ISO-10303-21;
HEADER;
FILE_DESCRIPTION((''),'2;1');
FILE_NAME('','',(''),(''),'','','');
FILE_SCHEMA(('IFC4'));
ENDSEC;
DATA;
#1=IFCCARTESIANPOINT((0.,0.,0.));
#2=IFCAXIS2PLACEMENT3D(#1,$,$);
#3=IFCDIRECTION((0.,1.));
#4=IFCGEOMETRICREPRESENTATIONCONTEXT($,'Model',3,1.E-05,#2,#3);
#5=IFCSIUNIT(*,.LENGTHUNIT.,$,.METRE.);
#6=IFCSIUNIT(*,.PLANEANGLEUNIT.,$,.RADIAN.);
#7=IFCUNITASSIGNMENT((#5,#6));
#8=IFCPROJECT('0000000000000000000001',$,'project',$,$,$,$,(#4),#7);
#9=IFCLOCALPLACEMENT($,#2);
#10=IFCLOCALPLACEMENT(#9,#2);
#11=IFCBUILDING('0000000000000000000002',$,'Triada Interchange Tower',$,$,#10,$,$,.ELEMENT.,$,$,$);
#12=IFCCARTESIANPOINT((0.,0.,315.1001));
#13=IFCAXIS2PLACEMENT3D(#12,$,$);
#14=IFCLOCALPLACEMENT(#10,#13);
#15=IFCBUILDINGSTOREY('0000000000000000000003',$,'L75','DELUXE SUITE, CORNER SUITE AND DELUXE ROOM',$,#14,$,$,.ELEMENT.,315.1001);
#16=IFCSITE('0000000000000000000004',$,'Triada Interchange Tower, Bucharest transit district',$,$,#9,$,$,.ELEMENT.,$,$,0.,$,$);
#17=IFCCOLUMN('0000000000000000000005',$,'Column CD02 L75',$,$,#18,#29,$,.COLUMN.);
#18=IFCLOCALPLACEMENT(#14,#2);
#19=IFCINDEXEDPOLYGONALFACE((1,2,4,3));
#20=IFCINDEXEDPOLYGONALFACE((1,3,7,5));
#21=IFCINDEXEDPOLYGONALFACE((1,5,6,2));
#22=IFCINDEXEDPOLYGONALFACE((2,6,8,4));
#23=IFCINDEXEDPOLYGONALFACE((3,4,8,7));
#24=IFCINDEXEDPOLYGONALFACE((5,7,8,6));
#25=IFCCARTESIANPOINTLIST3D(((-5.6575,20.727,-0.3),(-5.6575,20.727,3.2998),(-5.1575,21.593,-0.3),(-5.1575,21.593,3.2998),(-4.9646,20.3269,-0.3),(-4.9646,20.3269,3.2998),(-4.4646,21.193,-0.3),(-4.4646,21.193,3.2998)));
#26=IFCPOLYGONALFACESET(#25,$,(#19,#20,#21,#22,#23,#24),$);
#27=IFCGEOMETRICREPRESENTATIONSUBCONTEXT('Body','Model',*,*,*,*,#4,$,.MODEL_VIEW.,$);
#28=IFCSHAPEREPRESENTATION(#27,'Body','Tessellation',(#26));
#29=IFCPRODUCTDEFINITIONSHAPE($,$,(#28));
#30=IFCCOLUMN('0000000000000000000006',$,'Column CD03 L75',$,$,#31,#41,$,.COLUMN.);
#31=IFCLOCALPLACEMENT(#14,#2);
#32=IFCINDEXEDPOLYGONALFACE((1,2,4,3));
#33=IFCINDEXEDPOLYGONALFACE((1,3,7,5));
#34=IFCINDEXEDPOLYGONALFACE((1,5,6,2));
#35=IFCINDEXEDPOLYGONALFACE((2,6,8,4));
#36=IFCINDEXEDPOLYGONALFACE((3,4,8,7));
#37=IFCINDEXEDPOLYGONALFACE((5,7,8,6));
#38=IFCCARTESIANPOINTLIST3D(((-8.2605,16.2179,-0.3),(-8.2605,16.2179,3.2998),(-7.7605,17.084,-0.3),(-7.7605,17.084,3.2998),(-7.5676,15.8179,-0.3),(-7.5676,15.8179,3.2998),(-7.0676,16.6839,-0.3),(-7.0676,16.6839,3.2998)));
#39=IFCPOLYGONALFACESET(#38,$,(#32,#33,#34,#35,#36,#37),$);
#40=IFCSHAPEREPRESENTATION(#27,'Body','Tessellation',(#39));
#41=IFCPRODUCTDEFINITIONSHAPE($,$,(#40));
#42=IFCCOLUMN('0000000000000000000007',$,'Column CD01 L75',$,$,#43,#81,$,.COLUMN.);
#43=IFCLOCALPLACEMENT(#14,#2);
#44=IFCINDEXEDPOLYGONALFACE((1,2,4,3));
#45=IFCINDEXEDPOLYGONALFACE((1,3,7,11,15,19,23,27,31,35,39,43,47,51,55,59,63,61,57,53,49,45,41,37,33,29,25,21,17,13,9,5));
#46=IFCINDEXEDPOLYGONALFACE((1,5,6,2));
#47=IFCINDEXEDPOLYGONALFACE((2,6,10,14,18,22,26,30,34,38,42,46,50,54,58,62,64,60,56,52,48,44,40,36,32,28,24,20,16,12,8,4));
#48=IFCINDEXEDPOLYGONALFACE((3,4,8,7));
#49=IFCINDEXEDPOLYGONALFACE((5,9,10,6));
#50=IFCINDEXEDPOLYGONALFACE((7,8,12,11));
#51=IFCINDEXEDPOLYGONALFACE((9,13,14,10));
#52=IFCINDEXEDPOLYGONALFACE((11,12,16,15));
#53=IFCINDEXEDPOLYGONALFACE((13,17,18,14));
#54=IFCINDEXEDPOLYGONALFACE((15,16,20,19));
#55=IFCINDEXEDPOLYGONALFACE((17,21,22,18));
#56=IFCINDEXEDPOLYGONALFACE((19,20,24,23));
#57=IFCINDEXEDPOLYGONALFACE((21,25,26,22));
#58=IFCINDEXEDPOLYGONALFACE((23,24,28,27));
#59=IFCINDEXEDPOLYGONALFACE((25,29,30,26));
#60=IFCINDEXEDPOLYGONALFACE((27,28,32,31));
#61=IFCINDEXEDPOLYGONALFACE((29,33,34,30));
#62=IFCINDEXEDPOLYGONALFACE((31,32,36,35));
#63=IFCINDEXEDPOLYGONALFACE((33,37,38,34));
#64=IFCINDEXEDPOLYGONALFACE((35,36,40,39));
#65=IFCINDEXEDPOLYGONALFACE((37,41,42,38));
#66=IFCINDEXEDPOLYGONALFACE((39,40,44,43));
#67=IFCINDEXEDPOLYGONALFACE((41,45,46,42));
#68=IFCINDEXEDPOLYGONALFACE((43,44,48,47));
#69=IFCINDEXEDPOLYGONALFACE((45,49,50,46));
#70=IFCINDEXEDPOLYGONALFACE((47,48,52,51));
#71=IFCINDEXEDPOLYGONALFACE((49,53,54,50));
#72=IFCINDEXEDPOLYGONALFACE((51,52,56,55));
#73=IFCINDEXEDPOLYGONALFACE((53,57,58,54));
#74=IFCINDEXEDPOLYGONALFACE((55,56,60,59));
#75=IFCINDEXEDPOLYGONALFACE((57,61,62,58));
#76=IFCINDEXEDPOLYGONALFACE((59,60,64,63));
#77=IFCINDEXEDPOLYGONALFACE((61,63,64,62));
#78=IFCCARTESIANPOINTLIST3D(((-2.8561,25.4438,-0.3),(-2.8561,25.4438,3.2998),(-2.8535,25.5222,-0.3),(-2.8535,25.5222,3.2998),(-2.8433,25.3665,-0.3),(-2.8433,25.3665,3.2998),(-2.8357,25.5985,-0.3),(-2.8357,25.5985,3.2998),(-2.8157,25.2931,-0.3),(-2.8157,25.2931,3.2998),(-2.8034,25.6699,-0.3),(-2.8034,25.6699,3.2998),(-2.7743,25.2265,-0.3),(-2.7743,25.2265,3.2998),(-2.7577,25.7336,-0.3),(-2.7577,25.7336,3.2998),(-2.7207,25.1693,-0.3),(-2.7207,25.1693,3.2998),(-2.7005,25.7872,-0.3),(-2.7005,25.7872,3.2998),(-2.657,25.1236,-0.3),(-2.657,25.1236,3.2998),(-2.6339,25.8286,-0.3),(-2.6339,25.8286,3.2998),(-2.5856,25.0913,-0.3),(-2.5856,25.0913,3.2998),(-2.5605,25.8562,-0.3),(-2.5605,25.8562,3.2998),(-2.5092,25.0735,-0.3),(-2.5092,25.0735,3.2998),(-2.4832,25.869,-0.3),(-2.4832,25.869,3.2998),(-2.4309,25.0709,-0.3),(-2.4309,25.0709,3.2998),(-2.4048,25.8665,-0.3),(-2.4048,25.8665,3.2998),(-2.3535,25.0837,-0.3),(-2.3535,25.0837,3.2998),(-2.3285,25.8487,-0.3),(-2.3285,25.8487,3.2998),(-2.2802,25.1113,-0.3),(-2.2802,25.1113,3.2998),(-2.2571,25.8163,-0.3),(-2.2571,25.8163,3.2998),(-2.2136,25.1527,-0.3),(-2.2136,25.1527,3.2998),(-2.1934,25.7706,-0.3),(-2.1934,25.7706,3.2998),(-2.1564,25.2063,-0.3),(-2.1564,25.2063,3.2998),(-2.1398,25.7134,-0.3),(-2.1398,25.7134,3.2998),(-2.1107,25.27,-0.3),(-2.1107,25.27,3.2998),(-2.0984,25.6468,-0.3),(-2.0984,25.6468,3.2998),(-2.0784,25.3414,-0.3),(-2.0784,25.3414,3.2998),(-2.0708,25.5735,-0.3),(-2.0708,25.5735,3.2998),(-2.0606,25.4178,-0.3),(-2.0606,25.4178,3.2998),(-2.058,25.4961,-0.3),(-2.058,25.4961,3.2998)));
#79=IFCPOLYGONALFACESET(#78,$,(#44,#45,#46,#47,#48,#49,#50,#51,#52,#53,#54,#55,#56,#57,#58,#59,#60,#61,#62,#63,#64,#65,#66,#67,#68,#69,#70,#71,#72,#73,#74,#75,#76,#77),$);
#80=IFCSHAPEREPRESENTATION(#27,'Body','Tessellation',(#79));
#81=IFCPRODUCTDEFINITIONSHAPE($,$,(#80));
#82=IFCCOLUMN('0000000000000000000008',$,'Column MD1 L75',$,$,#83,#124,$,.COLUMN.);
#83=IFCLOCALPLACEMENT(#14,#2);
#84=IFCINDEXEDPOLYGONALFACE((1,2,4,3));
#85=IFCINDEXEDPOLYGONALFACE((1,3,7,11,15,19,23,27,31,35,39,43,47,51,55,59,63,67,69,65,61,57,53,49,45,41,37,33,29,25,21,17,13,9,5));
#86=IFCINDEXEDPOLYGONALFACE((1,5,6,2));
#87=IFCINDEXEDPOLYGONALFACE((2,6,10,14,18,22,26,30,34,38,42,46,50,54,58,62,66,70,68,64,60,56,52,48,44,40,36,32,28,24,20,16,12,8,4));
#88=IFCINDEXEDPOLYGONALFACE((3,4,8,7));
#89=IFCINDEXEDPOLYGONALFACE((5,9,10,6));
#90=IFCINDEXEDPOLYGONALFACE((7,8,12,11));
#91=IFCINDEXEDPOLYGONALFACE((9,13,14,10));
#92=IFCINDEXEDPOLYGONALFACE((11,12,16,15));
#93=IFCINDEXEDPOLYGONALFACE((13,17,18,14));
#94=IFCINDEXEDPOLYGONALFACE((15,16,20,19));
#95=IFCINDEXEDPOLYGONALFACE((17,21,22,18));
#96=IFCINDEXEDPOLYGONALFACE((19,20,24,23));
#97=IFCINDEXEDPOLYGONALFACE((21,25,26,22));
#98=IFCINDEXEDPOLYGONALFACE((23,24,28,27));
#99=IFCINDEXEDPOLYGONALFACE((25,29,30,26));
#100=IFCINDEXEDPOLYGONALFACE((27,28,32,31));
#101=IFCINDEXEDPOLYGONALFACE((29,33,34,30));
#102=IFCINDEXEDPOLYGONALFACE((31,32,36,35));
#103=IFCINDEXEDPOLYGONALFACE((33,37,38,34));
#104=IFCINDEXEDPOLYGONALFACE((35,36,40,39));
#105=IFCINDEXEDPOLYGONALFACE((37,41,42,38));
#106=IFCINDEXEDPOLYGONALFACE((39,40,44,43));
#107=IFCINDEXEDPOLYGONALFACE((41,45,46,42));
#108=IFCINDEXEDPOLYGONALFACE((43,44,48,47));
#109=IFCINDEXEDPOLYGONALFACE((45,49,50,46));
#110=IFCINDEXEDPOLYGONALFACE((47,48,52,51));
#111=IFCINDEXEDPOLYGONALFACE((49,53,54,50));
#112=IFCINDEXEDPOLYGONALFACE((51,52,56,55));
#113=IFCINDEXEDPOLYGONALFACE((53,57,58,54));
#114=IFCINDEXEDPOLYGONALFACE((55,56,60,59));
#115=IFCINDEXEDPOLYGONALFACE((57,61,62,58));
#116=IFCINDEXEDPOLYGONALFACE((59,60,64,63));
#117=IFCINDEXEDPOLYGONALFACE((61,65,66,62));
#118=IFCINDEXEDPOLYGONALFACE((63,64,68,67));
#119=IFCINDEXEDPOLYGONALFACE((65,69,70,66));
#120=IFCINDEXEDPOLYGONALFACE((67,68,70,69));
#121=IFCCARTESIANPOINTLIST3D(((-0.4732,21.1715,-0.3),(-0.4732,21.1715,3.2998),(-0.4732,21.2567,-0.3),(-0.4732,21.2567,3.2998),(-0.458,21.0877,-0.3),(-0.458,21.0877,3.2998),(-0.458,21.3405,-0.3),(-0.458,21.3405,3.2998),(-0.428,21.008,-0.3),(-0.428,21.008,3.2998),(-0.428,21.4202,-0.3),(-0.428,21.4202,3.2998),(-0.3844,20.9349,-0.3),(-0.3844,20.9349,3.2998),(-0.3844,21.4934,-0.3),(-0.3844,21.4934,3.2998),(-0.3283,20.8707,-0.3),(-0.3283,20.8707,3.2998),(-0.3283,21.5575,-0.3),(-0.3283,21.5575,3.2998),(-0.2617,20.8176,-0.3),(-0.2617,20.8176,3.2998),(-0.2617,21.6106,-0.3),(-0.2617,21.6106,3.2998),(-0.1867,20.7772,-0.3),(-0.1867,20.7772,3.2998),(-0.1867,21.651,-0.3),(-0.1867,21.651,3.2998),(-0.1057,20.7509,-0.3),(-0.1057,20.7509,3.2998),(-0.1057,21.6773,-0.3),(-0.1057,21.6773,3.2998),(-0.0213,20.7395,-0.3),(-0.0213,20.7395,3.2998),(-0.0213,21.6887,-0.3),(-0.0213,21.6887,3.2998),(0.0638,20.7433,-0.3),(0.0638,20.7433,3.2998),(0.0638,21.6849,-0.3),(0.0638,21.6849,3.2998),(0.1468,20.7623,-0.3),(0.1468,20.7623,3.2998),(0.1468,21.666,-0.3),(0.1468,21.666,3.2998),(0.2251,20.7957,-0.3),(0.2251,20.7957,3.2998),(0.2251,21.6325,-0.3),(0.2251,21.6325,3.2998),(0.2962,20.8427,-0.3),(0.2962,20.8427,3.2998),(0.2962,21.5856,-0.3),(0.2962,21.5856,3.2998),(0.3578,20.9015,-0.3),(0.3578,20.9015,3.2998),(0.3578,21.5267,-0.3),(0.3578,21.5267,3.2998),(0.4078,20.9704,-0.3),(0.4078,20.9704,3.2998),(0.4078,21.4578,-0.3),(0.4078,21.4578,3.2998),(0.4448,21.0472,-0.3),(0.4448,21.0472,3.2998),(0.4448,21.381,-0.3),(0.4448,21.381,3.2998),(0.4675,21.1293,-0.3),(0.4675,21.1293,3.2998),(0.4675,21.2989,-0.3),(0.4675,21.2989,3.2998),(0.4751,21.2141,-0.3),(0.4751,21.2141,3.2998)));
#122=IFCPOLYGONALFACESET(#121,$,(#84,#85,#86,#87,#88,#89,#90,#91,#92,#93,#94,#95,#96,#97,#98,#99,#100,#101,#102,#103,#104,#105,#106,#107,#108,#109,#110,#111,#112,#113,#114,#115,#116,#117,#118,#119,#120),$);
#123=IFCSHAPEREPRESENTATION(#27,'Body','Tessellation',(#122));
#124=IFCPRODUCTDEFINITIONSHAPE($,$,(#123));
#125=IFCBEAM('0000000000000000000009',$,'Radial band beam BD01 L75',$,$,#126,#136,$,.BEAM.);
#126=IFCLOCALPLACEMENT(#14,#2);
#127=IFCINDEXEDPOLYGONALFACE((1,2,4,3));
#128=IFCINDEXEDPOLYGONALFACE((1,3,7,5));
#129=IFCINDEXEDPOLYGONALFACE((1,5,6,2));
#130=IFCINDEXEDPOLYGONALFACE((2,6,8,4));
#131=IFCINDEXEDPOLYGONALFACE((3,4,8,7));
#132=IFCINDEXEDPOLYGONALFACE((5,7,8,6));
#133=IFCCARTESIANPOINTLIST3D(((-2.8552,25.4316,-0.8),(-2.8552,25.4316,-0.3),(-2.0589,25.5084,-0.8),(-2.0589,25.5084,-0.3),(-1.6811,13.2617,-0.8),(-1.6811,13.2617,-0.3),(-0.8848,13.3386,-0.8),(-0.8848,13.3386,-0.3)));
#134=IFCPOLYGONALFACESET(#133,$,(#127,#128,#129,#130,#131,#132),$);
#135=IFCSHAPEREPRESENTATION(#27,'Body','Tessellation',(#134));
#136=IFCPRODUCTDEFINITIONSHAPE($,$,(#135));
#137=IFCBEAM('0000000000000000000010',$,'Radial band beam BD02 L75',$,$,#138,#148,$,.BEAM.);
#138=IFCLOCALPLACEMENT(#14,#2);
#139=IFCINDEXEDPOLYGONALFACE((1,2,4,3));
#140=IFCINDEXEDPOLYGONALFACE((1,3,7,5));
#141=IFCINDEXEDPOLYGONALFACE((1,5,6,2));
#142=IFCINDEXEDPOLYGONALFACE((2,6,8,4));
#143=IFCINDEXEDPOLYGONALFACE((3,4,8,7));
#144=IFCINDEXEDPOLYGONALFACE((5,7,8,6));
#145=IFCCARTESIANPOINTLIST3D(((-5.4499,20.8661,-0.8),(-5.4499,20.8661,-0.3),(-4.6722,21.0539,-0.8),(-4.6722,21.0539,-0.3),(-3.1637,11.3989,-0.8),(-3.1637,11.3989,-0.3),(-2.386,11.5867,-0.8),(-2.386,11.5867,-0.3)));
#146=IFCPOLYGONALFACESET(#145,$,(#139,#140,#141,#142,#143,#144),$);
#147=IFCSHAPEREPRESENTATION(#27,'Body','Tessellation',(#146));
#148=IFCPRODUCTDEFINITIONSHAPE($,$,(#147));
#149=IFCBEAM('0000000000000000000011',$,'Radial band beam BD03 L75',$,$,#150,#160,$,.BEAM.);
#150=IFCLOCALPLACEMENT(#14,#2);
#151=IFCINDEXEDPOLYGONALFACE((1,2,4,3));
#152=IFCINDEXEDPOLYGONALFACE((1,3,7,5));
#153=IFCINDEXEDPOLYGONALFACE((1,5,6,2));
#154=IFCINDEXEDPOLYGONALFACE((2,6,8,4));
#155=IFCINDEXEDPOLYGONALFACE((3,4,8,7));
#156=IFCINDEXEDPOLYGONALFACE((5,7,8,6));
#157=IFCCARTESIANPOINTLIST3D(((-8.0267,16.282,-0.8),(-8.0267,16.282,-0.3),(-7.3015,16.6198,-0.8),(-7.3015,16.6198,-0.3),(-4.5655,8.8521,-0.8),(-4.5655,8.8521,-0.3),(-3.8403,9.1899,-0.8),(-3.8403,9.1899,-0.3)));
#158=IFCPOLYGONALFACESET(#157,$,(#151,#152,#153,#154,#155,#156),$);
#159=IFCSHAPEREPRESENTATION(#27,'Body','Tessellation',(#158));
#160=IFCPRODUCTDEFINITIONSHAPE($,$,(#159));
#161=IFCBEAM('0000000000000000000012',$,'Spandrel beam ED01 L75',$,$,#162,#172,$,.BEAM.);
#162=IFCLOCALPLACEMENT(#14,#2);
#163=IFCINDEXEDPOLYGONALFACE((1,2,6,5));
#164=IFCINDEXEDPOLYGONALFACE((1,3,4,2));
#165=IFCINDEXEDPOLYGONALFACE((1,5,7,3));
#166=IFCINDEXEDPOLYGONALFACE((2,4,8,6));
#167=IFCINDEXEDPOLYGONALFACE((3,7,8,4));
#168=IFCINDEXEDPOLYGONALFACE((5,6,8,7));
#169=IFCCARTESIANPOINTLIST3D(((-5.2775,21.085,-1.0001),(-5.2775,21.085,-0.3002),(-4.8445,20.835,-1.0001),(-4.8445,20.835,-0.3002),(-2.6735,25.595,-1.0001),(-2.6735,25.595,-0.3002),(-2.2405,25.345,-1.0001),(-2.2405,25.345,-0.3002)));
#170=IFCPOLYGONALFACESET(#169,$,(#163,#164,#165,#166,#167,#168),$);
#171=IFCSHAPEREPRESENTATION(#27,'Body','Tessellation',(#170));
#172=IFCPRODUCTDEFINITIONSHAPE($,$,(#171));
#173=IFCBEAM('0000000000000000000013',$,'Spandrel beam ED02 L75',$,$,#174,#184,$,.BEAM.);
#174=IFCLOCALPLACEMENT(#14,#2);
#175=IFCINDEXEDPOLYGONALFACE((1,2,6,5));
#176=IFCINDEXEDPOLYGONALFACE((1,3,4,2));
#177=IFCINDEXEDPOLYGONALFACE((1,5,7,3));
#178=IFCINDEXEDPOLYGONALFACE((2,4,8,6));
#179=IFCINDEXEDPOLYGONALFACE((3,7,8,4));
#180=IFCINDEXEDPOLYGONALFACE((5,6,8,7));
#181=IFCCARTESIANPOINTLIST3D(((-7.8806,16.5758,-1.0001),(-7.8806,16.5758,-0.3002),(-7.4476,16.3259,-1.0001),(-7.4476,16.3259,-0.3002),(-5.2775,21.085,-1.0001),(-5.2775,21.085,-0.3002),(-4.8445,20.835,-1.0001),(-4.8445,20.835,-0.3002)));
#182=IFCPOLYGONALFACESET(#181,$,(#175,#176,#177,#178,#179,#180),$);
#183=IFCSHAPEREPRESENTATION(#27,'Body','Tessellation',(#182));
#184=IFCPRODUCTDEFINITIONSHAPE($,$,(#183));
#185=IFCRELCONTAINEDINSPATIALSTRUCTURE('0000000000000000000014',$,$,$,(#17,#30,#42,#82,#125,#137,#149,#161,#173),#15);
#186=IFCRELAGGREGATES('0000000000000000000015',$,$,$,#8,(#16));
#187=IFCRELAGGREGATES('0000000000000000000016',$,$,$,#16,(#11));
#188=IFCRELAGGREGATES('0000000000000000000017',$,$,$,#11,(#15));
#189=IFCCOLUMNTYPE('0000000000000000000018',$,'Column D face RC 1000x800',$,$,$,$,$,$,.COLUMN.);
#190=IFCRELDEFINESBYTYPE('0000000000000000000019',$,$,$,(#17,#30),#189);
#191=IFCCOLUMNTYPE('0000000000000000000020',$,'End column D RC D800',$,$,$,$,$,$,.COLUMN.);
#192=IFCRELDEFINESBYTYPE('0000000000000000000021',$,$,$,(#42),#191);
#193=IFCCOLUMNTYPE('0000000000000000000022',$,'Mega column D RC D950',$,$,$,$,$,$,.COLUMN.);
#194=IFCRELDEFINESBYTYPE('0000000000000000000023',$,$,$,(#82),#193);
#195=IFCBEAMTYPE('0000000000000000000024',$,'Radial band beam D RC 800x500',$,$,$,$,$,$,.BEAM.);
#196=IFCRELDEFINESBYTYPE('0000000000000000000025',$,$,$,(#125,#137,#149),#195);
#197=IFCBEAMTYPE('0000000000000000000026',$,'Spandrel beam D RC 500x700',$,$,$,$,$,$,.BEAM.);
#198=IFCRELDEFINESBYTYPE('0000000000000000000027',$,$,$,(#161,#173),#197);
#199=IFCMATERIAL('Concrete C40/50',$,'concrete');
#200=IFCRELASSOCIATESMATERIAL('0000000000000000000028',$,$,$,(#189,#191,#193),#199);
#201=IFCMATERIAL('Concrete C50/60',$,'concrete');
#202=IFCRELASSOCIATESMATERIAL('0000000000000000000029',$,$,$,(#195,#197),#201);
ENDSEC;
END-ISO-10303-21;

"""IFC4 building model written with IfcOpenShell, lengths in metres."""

from ifc_helpers import new_model, si_unit, direction, frame, origin, origin_2d, place, context, subcontext, project, spatial, rectangle, circle, extrude, material, material_profile, profile_set, type_object, element, save


model = new_model("IFC4")

# Units and contexts
model_context = context("Model", 3, precision=1e-05, world=origin(), true_north=direction((0.0, 1.0)))
body_context = subcontext(model_context, "Body", "Model", "MODEL_VIEW")
ifc_project = project(units=[si_unit("LENGTHUNIT", "METRE"), si_unit("PLANEANGLEUNIT", "RADIAN")], contexts=[model_context])

# Site, building, storey
site_placement = place(None, origin())
site = spatial("IfcSite", under=ifc_project, at=site_placement, Name="Triada Interchange Tower, Bucharest transit district", CompositionType="ELEMENT", RefElevation=0.0)
building_placement = place(site_placement, origin())
building = spatial("IfcBuilding", under=site, at=building_placement, Name="Triada Interchange Tower", CompositionType="ELEMENT")
storey_placement = place(building_placement, frame((0.0, 0.0, 315.1001)))
storey = spatial("IfcBuildingStorey", under=building, at=storey_placement, Name="L75", Description="DELUXE SUITE, CORNER SUITE AND DELUXE ROOM", CompositionType="ELEMENT", Elevation=315.1001)

# Columns
ifc_material_1 = material(Name="Concrete C40/50", Category="concrete")
ifc_material_profile_1 = material_profile(ifc_material_1, rectangle(XDim=1.0, YDim=0.8, at=origin_2d()), Name="RC 1000x800")
ifc_profile_set_1 = profile_set([ifc_material_profile_1], Name="Concrete C40/50")
column_type_1 = type_object("IfcColumnType", Name="Column D face RC 1000x800", PredefinedType="COLUMN", material=ifc_profile_set_1)
for number, where, z_axis, x_axis, name in (
    (1, (-5.061, 20.96, -0.3), (0.0, 0.0, 1.0), (0.5, 0.866025, 0.0), "Column CD02 L75"),
    (2, (-7.6641, 16.4509, -0.3), (0.0, 0.0, 1.0), (0.5, 0.866025, 0.0), "Column CD03 L75"),
):
    element("IfcColumn", number, at=place(storey_placement, frame(where, z_axis=z_axis, x_axis=x_axis)), inside=storey, type_object=column_type_1, Name=name, PredefinedType="COLUMN", context=body_context, shape_type="SweptSolid", body=[
        extrude(rectangle(XDim=1.0, YDim=0.8, at=origin_2d()), origin(), (0.0, 0.0, 1.0), 3.5999),
    ])
ifc_material_profile_2 = material_profile(ifc_material_1, circle(Radius=0.3999, at=origin_2d()), Name="RC D800")
ifc_profile_set_2 = profile_set([ifc_material_profile_2], Name="Concrete C40/50")
column_type_2 = type_object("IfcColumnType", Name="End column D RC D800", PredefinedType="COLUMN", material=ifc_profile_set_2)
column_1_placement = place(storey_placement, frame((-2.457, 25.47, -0.3), z_axis=(0.0, 0.0, 1.0), x_axis=(0.5, 0.866025, 0.0)))
element("IfcColumn", 3, at=column_1_placement, inside=storey, type_object=column_type_2, Name="Column CD01 L75", PredefinedType="COLUMN", context=body_context, shape_type="SweptSolid", body=[
    extrude(circle(Radius=0.3999, at=origin_2d()), origin(), (0.0, 0.0, 1.0), 3.5999),
])
ifc_material_profile_3 = material_profile(ifc_material_1, circle(Radius=0.4751, at=origin_2d()), Name="RC D950")
ifc_profile_set_3 = profile_set([ifc_material_profile_3], Name="Concrete C40/50")
column_type_3 = type_object("IfcColumnType", Name="Mega column D RC D950", PredefinedType="COLUMN", material=ifc_profile_set_3)
column_2_placement = place(storey_placement, frame((0.0, 21.2141, -0.3), z_axis=(0.0, 0.0, 1.0), x_axis=(1.0, 0.0, 0.0)))
element("IfcColumn", 4, at=column_2_placement, inside=storey, type_object=column_type_3, Name="Column MD1 L75", PredefinedType="COLUMN", context=body_context, shape_type="SweptSolid", body=[
    extrude(circle(Radius=0.4751, at=origin_2d()), origin(), (0.0, 0.0, 1.0), 3.5999),
])

# Beams
ifc_material_2 = material(Name="Concrete C50/60", Category="concrete")
ifc_material_profile_4 = material_profile(ifc_material_2, rectangle(XDim=0.8, YDim=0.5, at=origin_2d()), Name="RC 800x500")
ifc_profile_set_4 = profile_set([ifc_material_profile_4], Name="Concrete C50/60")
beam_type_1 = type_object("IfcBeamType", Name="Radial band beam D RC 800x500", PredefinedType="BEAM", material=ifc_profile_set_4)
beam_1_placement = place(storey_placement, frame((-2.457, 25.47, -0.55), z_axis=(0.096027, -0.995379, 0.0), x_axis=(0.995379, 0.096027, 0.0)))
element("IfcBeam", 5, at=beam_1_placement, inside=storey, type_object=beam_type_1, Name="Radial band beam BD01 L75", PredefinedType="BEAM", context=body_context, shape_type="SweptSolid", body=[
    extrude(rectangle(XDim=0.8, YDim=0.5, at=origin_2d()), origin(), (0.0, 0.0, 1.0), 12.2263),
])
beam_2_placement = place(storey_placement, frame((-5.061, 20.96, -0.55), z_axis=(0.234736, -0.972059, 0.0), x_axis=(0.972059, 0.234736, 0.0)))
element("IfcBeam", 6, at=beam_2_placement, inside=storey, type_object=beam_type_1, Name="Radial band beam BD02 L75", PredefinedType="BEAM", context=body_context, shape_type="SweptSolid", body=[
    extrude(rectangle(XDim=0.8, YDim=0.5, at=origin_2d()), origin(), (0.0, 0.0, 1.0), 9.7393),
])
beam_3_placement = place(storey_placement, frame((-7.6641, 16.4509, -0.55), z_axis=(0.422272, -0.906469, 0.0), x_axis=(0.906469, 0.422272, 0.0)))
element("IfcBeam", 7, at=beam_3_placement, inside=storey, type_object=beam_type_1, Name="Radial band beam BD03 L75", PredefinedType="BEAM", context=body_context, shape_type="SweptSolid", body=[
    extrude(rectangle(XDim=0.8, YDim=0.5, at=origin_2d()), origin(), (0.0, 0.0, 1.0), 8.1965),
])
ifc_material_profile_5 = material_profile(ifc_material_2, rectangle(XDim=0.5, YDim=0.7, at=origin_2d()), Name="RC 500x700")
ifc_profile_set_5 = profile_set([ifc_material_profile_5], Name="Concrete C50/60")
beam_type_2 = type_object("IfcBeamType", Name="Spandrel beam D RC 500x700", PredefinedType="BEAM", material=ifc_profile_set_5)
beam_4_placement = place(storey_placement, frame((-2.457, 25.47, -0.6501), z_axis=(-0.500021, -0.866013, 0.0), x_axis=(0.866013, -0.500021, 0.0)))
element("IfcBeam", 8, at=beam_4_placement, inside=storey, type_object=beam_type_2, Name="Spandrel beam ED01 L75", PredefinedType="BEAM", context=body_context, shape_type="SweptSolid", body=[
    extrude(rectangle(XDim=0.5, YDim=0.7, at=origin_2d()), origin(), (0.0, 0.0, 1.0), 5.2078),
])
beam_5_placement = place(storey_placement, frame((-5.061, 20.96, -0.6501), z_axis=(-0.499962, -0.866047, 0.0), x_axis=(0.866047, -0.499962, 0.0)))
element("IfcBeam", 9, at=beam_5_placement, inside=storey, type_object=beam_type_2, Name="Spandrel beam ED02 L75", PredefinedType="BEAM", context=body_context, shape_type="SweptSolid", body=[
    extrude(rectangle(XDim=0.5, YDim=0.7, at=origin_2d()), origin(), (0.0, 0.0, 1.0), 5.2065),
])

save(model, "model.ifc")
